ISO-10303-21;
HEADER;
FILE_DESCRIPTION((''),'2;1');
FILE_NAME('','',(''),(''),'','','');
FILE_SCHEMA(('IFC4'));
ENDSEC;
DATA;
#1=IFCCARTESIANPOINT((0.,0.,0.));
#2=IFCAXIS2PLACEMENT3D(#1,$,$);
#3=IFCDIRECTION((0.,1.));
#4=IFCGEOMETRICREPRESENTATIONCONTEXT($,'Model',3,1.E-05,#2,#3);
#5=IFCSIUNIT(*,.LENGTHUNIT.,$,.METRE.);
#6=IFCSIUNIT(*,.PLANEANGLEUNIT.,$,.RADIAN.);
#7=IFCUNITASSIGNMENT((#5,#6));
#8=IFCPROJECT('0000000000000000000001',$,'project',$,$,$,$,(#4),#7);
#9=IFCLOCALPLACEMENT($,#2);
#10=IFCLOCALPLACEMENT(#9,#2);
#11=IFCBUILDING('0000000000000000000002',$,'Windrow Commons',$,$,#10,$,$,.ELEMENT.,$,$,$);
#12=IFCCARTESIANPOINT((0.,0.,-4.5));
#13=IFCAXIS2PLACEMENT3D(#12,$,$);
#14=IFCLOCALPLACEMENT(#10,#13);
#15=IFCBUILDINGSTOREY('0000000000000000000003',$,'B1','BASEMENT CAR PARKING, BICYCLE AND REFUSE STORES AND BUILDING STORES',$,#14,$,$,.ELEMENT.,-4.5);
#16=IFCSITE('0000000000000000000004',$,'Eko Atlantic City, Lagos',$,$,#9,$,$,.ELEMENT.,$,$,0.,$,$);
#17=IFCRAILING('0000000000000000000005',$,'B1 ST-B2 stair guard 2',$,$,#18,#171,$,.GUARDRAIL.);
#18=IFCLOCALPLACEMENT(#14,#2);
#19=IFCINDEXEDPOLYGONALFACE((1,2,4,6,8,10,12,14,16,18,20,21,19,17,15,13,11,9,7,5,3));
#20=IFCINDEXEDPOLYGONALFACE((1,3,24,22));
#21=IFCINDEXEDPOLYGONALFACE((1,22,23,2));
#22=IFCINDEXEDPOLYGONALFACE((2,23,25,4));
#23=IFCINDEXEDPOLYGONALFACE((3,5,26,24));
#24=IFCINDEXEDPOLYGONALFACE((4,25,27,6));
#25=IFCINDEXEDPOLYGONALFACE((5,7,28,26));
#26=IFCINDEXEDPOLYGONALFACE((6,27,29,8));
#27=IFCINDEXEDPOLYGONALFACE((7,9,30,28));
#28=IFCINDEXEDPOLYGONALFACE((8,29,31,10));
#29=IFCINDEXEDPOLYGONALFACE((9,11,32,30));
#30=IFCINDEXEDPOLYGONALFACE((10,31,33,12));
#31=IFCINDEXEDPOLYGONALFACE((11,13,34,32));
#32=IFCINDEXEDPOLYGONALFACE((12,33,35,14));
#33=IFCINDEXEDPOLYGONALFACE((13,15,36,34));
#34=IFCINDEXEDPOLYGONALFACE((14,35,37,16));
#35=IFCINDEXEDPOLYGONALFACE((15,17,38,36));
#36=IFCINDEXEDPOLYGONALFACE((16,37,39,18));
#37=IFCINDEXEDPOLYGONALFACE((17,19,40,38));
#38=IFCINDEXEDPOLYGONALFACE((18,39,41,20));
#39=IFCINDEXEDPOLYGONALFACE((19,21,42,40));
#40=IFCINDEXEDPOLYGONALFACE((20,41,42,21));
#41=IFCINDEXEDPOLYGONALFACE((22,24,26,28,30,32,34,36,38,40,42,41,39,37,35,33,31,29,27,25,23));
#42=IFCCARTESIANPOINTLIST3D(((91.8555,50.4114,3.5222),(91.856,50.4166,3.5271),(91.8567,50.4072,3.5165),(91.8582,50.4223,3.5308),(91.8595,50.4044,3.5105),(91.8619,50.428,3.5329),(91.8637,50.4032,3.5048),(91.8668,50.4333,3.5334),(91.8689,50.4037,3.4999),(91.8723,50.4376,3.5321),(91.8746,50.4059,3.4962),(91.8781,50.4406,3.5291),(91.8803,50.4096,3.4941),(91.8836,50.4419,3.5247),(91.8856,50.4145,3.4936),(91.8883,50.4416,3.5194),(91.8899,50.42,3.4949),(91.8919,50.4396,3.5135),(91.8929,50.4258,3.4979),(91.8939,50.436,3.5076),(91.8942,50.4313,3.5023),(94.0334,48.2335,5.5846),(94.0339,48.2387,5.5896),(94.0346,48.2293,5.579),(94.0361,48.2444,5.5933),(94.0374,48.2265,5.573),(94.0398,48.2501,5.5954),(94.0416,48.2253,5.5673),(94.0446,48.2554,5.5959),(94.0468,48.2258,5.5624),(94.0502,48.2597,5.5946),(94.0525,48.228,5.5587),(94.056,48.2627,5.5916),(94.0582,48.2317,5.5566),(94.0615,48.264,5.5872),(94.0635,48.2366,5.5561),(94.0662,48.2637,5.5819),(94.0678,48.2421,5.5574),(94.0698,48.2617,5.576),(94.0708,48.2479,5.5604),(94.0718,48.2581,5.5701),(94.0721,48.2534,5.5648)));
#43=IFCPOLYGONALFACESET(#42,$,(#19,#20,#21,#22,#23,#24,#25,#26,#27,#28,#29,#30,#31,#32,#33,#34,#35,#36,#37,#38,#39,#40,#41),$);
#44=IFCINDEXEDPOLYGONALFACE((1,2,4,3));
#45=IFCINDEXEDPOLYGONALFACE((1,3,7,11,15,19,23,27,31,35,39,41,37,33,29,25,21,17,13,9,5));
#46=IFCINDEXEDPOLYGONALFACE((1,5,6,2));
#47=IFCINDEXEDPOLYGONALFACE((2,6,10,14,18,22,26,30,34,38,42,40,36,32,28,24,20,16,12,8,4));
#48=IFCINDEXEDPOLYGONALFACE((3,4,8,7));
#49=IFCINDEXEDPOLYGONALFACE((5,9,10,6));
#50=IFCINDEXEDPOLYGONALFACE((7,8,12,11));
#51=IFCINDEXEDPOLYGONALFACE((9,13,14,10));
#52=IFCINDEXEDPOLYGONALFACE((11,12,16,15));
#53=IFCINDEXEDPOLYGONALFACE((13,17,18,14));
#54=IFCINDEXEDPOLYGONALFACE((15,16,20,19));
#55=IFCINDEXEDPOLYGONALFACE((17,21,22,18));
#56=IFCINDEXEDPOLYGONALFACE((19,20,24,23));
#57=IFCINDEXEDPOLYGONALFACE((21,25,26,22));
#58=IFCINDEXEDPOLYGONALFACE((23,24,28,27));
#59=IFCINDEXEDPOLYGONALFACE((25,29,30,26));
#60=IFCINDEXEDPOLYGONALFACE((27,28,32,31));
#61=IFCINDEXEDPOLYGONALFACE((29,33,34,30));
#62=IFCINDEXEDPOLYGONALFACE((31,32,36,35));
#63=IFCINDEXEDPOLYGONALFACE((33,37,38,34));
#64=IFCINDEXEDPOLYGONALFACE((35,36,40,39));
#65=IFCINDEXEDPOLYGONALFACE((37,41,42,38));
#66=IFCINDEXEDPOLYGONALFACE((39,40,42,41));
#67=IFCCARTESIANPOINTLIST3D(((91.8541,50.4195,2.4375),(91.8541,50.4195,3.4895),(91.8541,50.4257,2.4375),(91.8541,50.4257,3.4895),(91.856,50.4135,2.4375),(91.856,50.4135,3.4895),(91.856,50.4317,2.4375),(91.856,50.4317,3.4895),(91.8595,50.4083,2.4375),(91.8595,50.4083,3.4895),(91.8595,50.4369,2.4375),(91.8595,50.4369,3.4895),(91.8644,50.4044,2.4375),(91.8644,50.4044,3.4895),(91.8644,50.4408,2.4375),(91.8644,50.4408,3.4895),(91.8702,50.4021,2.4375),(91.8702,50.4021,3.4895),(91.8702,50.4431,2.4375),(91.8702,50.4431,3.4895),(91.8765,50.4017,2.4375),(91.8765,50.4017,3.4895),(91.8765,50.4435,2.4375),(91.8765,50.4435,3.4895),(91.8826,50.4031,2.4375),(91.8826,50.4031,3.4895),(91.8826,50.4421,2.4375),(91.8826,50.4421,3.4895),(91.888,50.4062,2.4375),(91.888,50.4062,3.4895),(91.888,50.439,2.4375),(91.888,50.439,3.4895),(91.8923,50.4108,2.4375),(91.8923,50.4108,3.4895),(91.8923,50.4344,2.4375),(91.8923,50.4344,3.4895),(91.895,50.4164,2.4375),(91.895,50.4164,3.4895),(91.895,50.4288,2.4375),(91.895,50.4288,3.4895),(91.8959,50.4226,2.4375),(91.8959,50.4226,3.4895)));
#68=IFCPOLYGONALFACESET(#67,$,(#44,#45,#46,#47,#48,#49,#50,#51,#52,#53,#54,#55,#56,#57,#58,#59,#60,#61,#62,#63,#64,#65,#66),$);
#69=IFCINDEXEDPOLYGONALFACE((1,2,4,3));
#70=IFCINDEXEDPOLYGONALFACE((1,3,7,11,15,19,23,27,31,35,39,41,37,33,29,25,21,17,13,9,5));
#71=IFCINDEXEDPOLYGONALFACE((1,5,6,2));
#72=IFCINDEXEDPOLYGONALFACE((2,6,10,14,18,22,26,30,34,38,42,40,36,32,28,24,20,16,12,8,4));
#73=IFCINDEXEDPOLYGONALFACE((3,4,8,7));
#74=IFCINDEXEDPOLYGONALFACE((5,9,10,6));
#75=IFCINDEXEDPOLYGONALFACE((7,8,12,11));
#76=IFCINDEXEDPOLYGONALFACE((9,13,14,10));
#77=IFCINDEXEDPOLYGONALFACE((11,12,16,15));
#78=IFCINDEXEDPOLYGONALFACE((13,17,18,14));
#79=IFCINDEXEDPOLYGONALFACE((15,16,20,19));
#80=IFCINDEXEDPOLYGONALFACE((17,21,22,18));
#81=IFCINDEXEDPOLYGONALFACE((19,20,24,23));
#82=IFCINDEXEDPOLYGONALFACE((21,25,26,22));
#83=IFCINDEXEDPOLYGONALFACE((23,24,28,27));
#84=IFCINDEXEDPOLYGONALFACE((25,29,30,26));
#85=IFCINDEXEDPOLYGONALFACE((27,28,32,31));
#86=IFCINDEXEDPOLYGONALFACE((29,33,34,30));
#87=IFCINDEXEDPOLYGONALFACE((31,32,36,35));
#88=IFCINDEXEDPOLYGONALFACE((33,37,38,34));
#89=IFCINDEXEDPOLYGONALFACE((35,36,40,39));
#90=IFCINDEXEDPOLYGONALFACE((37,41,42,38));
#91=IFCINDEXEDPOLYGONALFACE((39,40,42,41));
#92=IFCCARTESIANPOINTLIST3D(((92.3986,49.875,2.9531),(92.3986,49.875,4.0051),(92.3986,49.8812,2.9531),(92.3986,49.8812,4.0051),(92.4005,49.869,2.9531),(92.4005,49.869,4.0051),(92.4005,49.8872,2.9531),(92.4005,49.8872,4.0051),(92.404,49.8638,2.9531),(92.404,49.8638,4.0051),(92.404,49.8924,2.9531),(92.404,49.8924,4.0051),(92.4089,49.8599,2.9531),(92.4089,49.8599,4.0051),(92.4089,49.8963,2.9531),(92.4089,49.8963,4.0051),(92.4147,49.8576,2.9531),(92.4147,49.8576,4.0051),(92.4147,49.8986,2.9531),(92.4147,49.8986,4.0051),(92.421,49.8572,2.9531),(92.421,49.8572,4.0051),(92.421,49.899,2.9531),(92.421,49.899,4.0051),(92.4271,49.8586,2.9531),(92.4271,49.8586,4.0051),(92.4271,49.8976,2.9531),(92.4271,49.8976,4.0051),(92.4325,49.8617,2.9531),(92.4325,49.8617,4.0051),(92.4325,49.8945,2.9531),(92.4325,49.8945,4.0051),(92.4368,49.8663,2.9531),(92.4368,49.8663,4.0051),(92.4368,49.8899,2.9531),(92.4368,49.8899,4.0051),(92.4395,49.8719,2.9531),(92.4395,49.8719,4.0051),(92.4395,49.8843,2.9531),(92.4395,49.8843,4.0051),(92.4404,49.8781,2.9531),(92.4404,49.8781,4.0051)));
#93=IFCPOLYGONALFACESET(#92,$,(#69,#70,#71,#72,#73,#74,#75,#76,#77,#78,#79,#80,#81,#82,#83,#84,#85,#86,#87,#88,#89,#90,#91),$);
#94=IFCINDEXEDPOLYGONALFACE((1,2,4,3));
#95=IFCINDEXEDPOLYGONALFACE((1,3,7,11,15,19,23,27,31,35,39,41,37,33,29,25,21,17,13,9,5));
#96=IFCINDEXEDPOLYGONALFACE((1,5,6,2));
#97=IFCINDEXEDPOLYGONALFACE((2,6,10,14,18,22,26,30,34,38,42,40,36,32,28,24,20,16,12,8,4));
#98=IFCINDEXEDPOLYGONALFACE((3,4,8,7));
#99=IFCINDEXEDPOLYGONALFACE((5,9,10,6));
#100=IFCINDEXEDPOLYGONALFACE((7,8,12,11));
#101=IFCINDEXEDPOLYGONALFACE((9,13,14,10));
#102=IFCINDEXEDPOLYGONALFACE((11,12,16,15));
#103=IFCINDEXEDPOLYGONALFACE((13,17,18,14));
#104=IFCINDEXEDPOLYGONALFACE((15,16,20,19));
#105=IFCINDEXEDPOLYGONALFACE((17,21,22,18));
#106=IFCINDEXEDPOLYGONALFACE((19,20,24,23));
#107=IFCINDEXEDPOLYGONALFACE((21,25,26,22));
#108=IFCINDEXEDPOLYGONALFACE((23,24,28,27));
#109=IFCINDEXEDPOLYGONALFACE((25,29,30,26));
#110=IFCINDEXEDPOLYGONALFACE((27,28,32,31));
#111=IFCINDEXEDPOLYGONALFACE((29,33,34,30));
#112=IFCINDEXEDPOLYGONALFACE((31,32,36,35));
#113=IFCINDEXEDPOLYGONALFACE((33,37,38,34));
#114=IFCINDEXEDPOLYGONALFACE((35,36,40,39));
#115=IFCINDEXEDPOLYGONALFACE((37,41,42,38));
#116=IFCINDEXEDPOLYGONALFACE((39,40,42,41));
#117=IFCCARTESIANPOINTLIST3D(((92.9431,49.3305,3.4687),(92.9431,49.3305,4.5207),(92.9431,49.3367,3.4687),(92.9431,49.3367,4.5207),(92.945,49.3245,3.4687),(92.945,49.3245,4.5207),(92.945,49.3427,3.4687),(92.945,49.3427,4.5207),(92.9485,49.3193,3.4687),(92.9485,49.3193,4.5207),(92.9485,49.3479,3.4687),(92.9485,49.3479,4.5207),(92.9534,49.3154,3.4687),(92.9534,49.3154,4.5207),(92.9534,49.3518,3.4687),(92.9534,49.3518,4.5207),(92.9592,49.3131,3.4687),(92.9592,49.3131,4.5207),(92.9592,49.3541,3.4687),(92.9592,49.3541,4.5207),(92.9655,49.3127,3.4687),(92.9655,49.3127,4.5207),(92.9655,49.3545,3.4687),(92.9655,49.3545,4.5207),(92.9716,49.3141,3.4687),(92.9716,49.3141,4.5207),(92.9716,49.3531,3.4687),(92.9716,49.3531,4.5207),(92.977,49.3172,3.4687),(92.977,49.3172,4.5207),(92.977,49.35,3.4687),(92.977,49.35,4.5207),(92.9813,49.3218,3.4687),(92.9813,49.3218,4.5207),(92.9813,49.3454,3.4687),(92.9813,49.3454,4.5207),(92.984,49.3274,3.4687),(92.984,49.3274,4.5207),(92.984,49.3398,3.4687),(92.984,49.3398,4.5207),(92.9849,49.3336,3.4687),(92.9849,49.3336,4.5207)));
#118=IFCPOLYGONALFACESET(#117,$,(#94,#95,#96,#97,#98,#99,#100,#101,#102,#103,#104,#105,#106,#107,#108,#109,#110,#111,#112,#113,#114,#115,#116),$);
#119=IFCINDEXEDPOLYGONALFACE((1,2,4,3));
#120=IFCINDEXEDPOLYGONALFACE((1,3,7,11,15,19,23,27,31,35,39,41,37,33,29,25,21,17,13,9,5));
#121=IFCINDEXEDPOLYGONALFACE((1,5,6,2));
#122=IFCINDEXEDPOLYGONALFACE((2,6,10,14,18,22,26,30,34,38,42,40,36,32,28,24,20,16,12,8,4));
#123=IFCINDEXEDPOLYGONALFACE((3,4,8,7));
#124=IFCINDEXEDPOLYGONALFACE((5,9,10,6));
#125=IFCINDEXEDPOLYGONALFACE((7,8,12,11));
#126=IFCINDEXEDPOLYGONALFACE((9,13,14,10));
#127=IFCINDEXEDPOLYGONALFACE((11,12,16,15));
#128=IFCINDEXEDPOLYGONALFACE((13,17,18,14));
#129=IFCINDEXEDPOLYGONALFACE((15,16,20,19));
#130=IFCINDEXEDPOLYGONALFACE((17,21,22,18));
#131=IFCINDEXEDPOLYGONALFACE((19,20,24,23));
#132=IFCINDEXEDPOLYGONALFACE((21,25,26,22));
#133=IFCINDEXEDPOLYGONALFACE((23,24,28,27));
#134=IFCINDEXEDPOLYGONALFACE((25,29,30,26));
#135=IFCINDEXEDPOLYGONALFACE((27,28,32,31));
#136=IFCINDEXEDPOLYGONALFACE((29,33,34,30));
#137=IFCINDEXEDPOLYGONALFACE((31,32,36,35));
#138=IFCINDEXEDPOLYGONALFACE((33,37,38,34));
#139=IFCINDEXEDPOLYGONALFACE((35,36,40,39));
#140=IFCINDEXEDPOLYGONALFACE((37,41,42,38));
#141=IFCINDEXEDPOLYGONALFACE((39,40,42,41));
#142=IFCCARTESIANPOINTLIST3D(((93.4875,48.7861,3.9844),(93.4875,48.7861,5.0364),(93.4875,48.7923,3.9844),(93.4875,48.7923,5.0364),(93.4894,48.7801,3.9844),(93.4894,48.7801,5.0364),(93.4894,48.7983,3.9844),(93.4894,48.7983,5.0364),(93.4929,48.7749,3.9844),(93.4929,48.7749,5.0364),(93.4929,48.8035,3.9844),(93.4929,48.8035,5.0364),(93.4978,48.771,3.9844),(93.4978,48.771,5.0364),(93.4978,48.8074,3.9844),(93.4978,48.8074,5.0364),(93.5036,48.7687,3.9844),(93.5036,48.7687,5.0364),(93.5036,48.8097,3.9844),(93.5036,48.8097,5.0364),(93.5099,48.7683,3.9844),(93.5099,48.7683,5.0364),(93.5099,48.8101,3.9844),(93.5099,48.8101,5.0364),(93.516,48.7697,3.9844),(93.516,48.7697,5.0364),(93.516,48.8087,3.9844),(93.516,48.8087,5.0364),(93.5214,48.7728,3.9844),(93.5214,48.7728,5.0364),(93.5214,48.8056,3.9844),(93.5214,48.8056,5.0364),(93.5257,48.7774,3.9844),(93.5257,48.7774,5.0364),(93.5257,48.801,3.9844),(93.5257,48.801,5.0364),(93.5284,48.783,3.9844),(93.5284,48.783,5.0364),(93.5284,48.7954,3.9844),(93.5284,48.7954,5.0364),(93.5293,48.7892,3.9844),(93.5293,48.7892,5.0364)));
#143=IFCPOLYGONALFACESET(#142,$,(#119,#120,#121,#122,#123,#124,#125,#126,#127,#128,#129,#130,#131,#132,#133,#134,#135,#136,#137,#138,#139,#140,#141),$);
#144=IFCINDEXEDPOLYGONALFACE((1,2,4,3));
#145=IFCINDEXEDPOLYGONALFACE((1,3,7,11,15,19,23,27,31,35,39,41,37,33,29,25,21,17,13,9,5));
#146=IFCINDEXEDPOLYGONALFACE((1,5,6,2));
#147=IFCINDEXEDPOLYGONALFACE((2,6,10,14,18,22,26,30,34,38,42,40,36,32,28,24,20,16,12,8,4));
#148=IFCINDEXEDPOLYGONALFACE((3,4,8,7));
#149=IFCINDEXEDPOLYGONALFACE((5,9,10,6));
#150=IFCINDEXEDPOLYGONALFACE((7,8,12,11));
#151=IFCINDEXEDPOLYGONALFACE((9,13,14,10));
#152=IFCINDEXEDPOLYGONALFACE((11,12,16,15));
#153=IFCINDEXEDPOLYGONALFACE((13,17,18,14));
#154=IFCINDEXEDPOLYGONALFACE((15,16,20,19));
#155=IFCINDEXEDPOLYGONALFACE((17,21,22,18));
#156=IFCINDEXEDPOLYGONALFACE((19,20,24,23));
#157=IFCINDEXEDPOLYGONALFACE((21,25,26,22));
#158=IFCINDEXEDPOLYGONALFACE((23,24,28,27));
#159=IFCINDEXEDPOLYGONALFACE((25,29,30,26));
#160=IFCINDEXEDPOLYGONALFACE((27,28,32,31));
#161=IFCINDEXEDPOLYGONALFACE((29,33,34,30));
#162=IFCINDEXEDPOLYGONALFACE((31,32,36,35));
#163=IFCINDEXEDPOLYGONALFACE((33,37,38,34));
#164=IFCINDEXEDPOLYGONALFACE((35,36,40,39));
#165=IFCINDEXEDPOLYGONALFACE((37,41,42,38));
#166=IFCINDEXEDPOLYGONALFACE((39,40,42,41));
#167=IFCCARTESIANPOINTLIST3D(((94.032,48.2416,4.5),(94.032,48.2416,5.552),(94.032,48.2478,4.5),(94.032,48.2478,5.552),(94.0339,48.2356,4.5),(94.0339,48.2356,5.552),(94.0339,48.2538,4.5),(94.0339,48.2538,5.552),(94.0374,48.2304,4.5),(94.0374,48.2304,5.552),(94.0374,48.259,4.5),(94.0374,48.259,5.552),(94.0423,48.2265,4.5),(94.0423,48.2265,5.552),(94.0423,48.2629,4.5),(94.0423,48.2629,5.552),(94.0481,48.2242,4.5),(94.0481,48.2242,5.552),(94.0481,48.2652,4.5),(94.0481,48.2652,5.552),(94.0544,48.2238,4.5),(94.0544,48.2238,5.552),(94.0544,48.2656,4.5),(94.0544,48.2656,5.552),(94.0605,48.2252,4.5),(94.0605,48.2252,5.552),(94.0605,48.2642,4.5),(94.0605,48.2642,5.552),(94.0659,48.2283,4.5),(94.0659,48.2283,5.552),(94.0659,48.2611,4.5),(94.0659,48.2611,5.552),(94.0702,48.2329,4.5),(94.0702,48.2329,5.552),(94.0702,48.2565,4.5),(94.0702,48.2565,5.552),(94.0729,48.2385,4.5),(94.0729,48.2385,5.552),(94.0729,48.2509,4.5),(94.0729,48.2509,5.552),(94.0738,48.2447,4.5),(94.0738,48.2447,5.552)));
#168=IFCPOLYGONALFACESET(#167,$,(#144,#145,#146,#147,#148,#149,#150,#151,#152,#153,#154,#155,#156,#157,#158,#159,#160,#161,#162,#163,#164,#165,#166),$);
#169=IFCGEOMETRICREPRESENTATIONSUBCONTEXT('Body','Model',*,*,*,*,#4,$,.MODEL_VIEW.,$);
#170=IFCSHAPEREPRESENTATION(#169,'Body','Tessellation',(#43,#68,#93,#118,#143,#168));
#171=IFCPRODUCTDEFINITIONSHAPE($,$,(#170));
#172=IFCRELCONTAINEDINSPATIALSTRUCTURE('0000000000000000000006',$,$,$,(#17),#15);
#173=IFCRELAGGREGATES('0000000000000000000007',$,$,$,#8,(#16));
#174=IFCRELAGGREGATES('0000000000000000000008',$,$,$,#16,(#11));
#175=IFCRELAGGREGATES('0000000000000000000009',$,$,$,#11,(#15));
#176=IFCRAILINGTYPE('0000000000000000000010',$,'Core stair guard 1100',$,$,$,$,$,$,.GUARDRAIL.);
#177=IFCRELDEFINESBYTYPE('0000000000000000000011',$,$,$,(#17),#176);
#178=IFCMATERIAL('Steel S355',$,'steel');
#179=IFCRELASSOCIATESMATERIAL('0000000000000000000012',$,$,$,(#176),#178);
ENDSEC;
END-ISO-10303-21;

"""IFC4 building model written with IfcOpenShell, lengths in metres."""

from ifc_helpers import new_model, si_unit, direction, frame, origin, origin_2d, place, context, subcontext, project, spatial, circle, extrude, material, type_object, element, save


model = new_model("IFC4")

# Units and contexts
model_context = context("Model", 3, precision=1e-05, world=origin(), true_north=direction((0.0, 1.0)))
body_context = subcontext(model_context, "Body", "Model", "MODEL_VIEW")
ifc_project = project(units=[si_unit("LENGTHUNIT", "METRE"), si_unit("PLANEANGLEUNIT", "RADIAN")], contexts=[model_context])

# Site, building, storey
site_placement = place(None, origin())
site = spatial("IfcSite", under=ifc_project, at=site_placement, Name="Eko Atlantic City, Lagos", CompositionType="ELEMENT", RefElevation=0.0)
building_placement = place(site_placement, origin())
building = spatial("IfcBuilding", under=site, at=building_placement, Name="Windrow Commons", CompositionType="ELEMENT")
storey_placement = place(building_placement, frame((0.0, 0.0, -4.5)))
storey = spatial("IfcBuildingStorey", under=building, at=storey_placement, Name="B1", Description="BASEMENT CAR PARKING, BICYCLE AND REFUSE STORES AND BUILDING STORES", CompositionType="ELEMENT", Elevation=-4.5)

# Railing
ifc_material_1 = material(Name="Steel S355", Category="steel")
railing_type_1 = type_object("IfcRailingType", Name="Core stair guard 1100", PredefinedType="GUARDRAIL", material=ifc_material_1)
railing_1_placement = place(storey_placement, frame((91.8749, 50.4226, 2.4375)))
element("IfcRailing", 1, at=railing_1_placement, inside=storey, type_object=railing_type_1, Name="B1 ST-B2 stair guard 2", PredefinedType="GUARDRAIL", context=body_context, shape_type="SweptSolid", body=[
    extrude(circle(Radius=0.024, at=origin_2d()), frame((0.0, 0.0, 1.076), z_axis=(0.587541, -0.587541, 0.556409), x_axis=(0.707107, 0.707107, 0.0)), (0.0, 0.0, 1.0), 3.7068),
    extrude(circle(Radius=0.021, at=origin_2d()), origin(), (0.0, 0.0, 1.0), 1.052),
    extrude(circle(Radius=0.021, at=origin_2d()), frame((0.5445, -0.5445, 0.5156)), (0.0, 0.0, 1.0), 1.052),
    extrude(circle(Radius=0.021, at=origin_2d()), frame((1.089, -1.089, 1.0312)), (0.0, 0.0, 1.0), 1.052),
    extrude(circle(Radius=0.021, at=origin_2d()), frame((1.6334, -1.6334, 1.5469)), (0.0, 0.0, 1.0), 1.052),
    extrude(circle(Radius=0.021, at=origin_2d()), frame((2.1779, -2.1779, 2.0625)), (0.0, 0.0, 1.0), 1.052),
])

save(model, "model.ifc")
